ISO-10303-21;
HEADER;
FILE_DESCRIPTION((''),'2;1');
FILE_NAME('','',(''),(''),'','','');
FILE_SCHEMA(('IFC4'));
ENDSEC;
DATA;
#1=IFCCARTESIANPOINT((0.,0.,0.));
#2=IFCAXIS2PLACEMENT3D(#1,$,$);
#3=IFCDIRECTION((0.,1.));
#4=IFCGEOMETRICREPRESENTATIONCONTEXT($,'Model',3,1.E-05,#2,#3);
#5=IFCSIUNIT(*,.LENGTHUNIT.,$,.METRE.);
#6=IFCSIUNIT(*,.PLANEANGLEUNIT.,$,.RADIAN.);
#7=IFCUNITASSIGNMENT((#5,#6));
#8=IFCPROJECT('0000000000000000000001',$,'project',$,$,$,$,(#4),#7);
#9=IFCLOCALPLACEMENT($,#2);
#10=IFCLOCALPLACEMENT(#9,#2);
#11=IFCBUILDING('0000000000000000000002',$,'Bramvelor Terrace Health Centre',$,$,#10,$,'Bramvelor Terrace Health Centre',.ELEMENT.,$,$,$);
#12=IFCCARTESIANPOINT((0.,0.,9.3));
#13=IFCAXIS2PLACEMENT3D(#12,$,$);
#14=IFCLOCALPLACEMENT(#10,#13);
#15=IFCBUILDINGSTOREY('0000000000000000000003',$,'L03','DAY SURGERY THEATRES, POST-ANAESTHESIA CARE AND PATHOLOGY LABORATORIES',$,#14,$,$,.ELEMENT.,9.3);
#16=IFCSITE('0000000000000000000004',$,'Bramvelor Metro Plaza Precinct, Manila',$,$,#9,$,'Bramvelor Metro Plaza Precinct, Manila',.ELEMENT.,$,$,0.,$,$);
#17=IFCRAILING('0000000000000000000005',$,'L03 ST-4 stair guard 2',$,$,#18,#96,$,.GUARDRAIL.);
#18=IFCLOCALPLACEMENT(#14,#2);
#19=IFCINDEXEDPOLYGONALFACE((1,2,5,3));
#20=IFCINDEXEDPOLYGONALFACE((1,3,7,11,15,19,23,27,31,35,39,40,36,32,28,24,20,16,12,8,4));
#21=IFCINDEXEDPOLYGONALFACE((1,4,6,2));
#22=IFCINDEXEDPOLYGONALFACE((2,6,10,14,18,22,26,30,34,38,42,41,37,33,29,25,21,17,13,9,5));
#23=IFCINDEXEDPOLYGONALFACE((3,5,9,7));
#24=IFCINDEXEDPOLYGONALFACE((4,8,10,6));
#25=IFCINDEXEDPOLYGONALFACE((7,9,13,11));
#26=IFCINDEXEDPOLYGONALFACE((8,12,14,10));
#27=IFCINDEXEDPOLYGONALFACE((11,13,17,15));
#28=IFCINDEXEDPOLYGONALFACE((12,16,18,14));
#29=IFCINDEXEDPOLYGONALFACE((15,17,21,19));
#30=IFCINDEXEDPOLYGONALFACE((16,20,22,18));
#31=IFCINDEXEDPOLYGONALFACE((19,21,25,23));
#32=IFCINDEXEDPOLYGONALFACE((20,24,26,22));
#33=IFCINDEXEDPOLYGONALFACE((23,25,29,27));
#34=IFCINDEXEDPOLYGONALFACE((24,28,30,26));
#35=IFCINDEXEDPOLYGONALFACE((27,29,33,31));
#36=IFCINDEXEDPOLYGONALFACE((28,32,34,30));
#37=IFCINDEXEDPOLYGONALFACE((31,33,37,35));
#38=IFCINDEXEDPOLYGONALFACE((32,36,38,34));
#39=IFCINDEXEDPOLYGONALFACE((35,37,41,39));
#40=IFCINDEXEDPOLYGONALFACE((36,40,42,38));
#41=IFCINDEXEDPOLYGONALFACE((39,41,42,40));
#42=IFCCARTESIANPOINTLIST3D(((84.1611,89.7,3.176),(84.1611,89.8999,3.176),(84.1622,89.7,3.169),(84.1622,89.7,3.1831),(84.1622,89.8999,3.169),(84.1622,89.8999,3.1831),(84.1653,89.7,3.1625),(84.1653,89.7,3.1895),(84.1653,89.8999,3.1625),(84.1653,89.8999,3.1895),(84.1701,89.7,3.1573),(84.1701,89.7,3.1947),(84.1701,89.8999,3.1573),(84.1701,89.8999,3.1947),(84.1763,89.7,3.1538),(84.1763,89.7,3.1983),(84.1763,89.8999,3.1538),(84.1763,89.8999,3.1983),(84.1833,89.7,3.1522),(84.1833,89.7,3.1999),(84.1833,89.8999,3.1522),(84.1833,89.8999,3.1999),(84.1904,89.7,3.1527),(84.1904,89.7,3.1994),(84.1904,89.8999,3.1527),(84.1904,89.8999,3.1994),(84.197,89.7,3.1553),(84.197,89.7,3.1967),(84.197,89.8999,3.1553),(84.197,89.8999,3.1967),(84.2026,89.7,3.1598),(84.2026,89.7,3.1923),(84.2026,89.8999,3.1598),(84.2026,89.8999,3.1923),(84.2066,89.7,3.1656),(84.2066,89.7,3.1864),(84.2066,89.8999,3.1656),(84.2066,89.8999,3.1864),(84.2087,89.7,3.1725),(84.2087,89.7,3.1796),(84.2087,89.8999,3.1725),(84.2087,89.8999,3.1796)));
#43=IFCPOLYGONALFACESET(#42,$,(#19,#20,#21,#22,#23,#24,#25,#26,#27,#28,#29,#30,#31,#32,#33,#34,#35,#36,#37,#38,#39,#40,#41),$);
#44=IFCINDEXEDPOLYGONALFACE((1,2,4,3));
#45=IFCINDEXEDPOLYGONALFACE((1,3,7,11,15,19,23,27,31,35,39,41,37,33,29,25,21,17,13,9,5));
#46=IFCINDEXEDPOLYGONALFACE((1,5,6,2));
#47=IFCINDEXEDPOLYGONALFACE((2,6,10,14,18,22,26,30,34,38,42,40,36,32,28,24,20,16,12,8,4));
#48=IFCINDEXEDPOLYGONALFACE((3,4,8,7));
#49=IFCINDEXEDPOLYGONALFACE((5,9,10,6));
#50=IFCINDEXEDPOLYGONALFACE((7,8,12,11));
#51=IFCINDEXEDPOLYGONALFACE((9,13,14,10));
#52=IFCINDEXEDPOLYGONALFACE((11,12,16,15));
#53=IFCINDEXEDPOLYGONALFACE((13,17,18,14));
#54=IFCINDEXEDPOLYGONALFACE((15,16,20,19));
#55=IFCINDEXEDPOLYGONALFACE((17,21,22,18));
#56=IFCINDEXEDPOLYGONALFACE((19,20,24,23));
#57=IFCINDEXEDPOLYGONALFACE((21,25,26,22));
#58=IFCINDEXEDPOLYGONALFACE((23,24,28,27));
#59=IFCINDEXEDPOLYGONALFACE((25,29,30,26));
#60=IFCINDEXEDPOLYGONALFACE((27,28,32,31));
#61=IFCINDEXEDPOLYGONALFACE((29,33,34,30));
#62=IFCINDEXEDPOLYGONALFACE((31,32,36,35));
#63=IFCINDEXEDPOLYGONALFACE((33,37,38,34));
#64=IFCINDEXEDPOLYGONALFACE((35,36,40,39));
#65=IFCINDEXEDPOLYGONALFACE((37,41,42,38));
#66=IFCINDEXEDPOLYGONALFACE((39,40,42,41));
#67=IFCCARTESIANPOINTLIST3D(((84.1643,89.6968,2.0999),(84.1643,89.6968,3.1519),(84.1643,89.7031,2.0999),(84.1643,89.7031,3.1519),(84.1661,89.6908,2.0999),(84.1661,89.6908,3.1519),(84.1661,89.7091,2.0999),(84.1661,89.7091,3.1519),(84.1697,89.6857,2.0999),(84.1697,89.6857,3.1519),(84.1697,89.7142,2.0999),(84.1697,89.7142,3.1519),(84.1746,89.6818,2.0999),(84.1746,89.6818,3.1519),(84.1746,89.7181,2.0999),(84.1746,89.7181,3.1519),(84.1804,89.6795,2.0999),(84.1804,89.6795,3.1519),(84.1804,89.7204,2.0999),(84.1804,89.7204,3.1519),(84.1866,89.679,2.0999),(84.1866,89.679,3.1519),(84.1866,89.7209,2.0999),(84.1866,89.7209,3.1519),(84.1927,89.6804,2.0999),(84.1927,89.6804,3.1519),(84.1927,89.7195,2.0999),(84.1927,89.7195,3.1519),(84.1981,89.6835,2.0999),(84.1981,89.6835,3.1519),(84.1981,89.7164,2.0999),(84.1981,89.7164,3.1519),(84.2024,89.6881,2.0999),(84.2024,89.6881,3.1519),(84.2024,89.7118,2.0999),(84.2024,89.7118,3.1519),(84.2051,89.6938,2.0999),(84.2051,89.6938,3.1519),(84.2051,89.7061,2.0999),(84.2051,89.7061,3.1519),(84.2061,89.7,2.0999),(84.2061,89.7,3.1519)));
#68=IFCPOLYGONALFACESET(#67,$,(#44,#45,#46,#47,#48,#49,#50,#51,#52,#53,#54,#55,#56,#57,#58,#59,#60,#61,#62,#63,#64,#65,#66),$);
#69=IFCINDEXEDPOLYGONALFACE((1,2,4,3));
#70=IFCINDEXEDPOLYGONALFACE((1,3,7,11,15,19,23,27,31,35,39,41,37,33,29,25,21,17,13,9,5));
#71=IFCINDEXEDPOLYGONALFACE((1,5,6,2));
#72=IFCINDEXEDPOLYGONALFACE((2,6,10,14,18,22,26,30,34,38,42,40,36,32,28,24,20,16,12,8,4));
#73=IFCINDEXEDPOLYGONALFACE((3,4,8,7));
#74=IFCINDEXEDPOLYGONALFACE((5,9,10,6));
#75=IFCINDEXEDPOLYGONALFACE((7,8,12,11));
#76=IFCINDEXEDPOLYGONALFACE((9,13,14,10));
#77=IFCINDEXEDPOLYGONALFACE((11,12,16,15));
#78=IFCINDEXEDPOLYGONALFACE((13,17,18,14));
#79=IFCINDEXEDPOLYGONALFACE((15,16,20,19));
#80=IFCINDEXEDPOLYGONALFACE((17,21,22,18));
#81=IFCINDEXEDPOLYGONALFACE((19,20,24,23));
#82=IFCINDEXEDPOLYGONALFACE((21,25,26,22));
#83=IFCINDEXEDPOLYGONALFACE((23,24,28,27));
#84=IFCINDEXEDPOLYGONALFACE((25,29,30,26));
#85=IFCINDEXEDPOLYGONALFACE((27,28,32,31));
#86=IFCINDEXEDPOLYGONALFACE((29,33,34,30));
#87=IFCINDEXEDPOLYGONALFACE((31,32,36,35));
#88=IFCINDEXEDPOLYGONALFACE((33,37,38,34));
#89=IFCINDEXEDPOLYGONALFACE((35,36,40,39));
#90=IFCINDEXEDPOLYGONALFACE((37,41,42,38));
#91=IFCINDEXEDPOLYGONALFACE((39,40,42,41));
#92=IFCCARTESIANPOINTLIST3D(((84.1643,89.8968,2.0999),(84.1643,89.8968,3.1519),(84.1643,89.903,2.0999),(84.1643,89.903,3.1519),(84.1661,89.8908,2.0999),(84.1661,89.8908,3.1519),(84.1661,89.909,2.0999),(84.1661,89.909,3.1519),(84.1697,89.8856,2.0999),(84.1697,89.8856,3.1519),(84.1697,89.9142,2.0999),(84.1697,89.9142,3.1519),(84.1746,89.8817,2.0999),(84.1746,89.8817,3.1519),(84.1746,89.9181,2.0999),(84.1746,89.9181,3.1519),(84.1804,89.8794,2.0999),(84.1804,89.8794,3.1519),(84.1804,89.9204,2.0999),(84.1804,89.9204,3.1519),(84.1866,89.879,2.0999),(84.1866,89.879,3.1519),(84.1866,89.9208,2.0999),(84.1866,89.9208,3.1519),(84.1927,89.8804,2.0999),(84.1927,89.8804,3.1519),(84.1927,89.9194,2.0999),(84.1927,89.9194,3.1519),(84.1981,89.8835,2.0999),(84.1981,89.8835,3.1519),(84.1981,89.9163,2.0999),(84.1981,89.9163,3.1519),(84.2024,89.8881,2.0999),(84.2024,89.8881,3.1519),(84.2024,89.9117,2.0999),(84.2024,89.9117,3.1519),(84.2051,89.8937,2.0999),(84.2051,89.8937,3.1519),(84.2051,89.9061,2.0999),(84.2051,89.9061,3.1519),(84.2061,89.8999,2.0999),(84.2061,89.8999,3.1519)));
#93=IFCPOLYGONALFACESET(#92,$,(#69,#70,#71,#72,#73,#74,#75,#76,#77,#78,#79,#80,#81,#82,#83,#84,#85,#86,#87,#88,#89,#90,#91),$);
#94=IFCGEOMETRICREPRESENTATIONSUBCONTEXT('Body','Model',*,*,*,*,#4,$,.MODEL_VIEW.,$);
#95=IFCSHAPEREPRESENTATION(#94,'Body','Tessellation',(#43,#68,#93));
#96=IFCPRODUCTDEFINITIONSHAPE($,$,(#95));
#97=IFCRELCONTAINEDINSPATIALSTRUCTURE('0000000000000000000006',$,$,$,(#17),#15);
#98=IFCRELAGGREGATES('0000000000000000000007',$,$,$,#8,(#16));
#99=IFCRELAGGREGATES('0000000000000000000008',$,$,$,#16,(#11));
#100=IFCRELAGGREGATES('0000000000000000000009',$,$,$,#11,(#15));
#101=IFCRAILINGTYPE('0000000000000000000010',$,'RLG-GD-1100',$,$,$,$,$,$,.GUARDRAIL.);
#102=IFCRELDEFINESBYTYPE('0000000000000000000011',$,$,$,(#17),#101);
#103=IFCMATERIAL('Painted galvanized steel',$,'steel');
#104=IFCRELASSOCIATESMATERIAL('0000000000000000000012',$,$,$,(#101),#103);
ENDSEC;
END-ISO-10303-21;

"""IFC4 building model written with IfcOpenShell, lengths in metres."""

from ifc_helpers import new_model, si_unit, direction, frame, origin, origin_2d, place, context, subcontext, project, spatial, circle, extrude, material, type_object, element, save


model = new_model("IFC4")

# Units and contexts
model_context = context("Model", 3, precision=1e-05, world=origin(), true_north=direction((0.0, 1.0)))
body_context = subcontext(model_context, "Body", "Model", "MODEL_VIEW")
ifc_project = project(units=[si_unit("LENGTHUNIT", "METRE"), si_unit("PLANEANGLEUNIT", "RADIAN")], contexts=[model_context])

# Site, building, storey
site_placement = place(None, origin())
site = spatial("IfcSite", under=ifc_project, at=site_placement, Name="Bramvelor Metro Plaza Precinct, Manila", LongName="Bramvelor Metro Plaza Precinct, Manila", CompositionType="ELEMENT", RefElevation=0.0)
building_placement = place(site_placement, origin())
building = spatial("IfcBuilding", under=site, at=building_placement, Name="Bramvelor Terrace Health Centre", LongName="Bramvelor Terrace Health Centre", CompositionType="ELEMENT")
storey_placement = place(building_placement, frame((0.0, 0.0, 9.3)))
storey = spatial("IfcBuildingStorey", under=building, at=storey_placement, Name="L03", Description="DAY SURGERY THEATRES, POST-ANAESTHESIA CARE AND PATHOLOGY LABORATORIES", CompositionType="ELEMENT", Elevation=9.3)

# Railing
ifc_material_1 = material(Name="Painted galvanized steel", Category="steel")
railing_type_1 = type_object("IfcRailingType", Name="RLG-GD-1100", PredefinedType="GUARDRAIL", material=ifc_material_1)
railing_1_placement = place(storey_placement, frame((84.1851, 89.7, 2.0999)))
element("IfcRailing", 1, at=railing_1_placement, inside=storey, type_object=railing_type_1, Name="L03 ST-4 stair guard 2", PredefinedType="GUARDRAIL", context=body_context, shape_type="SweptSolid", body=[
    extrude(circle(Radius=0.0239, at=origin_2d()), frame((0.0, 0.0, 1.0762), z_axis=(0.0, 1.0, 0.0), x_axis=(-1.0, 0.0, 0.0)), (0.0, 0.0, 1.0), 0.2),
    extrude(circle(Radius=0.021, at=origin_2d()), origin(), (0.0, 0.0, 1.0), 1.052),
    extrude(circle(Radius=0.021, at=origin_2d()), frame((0.0, 0.2, 0.0)), (0.0, 0.0, 1.0), 1.052),
])

save(model, "model.ifc")
